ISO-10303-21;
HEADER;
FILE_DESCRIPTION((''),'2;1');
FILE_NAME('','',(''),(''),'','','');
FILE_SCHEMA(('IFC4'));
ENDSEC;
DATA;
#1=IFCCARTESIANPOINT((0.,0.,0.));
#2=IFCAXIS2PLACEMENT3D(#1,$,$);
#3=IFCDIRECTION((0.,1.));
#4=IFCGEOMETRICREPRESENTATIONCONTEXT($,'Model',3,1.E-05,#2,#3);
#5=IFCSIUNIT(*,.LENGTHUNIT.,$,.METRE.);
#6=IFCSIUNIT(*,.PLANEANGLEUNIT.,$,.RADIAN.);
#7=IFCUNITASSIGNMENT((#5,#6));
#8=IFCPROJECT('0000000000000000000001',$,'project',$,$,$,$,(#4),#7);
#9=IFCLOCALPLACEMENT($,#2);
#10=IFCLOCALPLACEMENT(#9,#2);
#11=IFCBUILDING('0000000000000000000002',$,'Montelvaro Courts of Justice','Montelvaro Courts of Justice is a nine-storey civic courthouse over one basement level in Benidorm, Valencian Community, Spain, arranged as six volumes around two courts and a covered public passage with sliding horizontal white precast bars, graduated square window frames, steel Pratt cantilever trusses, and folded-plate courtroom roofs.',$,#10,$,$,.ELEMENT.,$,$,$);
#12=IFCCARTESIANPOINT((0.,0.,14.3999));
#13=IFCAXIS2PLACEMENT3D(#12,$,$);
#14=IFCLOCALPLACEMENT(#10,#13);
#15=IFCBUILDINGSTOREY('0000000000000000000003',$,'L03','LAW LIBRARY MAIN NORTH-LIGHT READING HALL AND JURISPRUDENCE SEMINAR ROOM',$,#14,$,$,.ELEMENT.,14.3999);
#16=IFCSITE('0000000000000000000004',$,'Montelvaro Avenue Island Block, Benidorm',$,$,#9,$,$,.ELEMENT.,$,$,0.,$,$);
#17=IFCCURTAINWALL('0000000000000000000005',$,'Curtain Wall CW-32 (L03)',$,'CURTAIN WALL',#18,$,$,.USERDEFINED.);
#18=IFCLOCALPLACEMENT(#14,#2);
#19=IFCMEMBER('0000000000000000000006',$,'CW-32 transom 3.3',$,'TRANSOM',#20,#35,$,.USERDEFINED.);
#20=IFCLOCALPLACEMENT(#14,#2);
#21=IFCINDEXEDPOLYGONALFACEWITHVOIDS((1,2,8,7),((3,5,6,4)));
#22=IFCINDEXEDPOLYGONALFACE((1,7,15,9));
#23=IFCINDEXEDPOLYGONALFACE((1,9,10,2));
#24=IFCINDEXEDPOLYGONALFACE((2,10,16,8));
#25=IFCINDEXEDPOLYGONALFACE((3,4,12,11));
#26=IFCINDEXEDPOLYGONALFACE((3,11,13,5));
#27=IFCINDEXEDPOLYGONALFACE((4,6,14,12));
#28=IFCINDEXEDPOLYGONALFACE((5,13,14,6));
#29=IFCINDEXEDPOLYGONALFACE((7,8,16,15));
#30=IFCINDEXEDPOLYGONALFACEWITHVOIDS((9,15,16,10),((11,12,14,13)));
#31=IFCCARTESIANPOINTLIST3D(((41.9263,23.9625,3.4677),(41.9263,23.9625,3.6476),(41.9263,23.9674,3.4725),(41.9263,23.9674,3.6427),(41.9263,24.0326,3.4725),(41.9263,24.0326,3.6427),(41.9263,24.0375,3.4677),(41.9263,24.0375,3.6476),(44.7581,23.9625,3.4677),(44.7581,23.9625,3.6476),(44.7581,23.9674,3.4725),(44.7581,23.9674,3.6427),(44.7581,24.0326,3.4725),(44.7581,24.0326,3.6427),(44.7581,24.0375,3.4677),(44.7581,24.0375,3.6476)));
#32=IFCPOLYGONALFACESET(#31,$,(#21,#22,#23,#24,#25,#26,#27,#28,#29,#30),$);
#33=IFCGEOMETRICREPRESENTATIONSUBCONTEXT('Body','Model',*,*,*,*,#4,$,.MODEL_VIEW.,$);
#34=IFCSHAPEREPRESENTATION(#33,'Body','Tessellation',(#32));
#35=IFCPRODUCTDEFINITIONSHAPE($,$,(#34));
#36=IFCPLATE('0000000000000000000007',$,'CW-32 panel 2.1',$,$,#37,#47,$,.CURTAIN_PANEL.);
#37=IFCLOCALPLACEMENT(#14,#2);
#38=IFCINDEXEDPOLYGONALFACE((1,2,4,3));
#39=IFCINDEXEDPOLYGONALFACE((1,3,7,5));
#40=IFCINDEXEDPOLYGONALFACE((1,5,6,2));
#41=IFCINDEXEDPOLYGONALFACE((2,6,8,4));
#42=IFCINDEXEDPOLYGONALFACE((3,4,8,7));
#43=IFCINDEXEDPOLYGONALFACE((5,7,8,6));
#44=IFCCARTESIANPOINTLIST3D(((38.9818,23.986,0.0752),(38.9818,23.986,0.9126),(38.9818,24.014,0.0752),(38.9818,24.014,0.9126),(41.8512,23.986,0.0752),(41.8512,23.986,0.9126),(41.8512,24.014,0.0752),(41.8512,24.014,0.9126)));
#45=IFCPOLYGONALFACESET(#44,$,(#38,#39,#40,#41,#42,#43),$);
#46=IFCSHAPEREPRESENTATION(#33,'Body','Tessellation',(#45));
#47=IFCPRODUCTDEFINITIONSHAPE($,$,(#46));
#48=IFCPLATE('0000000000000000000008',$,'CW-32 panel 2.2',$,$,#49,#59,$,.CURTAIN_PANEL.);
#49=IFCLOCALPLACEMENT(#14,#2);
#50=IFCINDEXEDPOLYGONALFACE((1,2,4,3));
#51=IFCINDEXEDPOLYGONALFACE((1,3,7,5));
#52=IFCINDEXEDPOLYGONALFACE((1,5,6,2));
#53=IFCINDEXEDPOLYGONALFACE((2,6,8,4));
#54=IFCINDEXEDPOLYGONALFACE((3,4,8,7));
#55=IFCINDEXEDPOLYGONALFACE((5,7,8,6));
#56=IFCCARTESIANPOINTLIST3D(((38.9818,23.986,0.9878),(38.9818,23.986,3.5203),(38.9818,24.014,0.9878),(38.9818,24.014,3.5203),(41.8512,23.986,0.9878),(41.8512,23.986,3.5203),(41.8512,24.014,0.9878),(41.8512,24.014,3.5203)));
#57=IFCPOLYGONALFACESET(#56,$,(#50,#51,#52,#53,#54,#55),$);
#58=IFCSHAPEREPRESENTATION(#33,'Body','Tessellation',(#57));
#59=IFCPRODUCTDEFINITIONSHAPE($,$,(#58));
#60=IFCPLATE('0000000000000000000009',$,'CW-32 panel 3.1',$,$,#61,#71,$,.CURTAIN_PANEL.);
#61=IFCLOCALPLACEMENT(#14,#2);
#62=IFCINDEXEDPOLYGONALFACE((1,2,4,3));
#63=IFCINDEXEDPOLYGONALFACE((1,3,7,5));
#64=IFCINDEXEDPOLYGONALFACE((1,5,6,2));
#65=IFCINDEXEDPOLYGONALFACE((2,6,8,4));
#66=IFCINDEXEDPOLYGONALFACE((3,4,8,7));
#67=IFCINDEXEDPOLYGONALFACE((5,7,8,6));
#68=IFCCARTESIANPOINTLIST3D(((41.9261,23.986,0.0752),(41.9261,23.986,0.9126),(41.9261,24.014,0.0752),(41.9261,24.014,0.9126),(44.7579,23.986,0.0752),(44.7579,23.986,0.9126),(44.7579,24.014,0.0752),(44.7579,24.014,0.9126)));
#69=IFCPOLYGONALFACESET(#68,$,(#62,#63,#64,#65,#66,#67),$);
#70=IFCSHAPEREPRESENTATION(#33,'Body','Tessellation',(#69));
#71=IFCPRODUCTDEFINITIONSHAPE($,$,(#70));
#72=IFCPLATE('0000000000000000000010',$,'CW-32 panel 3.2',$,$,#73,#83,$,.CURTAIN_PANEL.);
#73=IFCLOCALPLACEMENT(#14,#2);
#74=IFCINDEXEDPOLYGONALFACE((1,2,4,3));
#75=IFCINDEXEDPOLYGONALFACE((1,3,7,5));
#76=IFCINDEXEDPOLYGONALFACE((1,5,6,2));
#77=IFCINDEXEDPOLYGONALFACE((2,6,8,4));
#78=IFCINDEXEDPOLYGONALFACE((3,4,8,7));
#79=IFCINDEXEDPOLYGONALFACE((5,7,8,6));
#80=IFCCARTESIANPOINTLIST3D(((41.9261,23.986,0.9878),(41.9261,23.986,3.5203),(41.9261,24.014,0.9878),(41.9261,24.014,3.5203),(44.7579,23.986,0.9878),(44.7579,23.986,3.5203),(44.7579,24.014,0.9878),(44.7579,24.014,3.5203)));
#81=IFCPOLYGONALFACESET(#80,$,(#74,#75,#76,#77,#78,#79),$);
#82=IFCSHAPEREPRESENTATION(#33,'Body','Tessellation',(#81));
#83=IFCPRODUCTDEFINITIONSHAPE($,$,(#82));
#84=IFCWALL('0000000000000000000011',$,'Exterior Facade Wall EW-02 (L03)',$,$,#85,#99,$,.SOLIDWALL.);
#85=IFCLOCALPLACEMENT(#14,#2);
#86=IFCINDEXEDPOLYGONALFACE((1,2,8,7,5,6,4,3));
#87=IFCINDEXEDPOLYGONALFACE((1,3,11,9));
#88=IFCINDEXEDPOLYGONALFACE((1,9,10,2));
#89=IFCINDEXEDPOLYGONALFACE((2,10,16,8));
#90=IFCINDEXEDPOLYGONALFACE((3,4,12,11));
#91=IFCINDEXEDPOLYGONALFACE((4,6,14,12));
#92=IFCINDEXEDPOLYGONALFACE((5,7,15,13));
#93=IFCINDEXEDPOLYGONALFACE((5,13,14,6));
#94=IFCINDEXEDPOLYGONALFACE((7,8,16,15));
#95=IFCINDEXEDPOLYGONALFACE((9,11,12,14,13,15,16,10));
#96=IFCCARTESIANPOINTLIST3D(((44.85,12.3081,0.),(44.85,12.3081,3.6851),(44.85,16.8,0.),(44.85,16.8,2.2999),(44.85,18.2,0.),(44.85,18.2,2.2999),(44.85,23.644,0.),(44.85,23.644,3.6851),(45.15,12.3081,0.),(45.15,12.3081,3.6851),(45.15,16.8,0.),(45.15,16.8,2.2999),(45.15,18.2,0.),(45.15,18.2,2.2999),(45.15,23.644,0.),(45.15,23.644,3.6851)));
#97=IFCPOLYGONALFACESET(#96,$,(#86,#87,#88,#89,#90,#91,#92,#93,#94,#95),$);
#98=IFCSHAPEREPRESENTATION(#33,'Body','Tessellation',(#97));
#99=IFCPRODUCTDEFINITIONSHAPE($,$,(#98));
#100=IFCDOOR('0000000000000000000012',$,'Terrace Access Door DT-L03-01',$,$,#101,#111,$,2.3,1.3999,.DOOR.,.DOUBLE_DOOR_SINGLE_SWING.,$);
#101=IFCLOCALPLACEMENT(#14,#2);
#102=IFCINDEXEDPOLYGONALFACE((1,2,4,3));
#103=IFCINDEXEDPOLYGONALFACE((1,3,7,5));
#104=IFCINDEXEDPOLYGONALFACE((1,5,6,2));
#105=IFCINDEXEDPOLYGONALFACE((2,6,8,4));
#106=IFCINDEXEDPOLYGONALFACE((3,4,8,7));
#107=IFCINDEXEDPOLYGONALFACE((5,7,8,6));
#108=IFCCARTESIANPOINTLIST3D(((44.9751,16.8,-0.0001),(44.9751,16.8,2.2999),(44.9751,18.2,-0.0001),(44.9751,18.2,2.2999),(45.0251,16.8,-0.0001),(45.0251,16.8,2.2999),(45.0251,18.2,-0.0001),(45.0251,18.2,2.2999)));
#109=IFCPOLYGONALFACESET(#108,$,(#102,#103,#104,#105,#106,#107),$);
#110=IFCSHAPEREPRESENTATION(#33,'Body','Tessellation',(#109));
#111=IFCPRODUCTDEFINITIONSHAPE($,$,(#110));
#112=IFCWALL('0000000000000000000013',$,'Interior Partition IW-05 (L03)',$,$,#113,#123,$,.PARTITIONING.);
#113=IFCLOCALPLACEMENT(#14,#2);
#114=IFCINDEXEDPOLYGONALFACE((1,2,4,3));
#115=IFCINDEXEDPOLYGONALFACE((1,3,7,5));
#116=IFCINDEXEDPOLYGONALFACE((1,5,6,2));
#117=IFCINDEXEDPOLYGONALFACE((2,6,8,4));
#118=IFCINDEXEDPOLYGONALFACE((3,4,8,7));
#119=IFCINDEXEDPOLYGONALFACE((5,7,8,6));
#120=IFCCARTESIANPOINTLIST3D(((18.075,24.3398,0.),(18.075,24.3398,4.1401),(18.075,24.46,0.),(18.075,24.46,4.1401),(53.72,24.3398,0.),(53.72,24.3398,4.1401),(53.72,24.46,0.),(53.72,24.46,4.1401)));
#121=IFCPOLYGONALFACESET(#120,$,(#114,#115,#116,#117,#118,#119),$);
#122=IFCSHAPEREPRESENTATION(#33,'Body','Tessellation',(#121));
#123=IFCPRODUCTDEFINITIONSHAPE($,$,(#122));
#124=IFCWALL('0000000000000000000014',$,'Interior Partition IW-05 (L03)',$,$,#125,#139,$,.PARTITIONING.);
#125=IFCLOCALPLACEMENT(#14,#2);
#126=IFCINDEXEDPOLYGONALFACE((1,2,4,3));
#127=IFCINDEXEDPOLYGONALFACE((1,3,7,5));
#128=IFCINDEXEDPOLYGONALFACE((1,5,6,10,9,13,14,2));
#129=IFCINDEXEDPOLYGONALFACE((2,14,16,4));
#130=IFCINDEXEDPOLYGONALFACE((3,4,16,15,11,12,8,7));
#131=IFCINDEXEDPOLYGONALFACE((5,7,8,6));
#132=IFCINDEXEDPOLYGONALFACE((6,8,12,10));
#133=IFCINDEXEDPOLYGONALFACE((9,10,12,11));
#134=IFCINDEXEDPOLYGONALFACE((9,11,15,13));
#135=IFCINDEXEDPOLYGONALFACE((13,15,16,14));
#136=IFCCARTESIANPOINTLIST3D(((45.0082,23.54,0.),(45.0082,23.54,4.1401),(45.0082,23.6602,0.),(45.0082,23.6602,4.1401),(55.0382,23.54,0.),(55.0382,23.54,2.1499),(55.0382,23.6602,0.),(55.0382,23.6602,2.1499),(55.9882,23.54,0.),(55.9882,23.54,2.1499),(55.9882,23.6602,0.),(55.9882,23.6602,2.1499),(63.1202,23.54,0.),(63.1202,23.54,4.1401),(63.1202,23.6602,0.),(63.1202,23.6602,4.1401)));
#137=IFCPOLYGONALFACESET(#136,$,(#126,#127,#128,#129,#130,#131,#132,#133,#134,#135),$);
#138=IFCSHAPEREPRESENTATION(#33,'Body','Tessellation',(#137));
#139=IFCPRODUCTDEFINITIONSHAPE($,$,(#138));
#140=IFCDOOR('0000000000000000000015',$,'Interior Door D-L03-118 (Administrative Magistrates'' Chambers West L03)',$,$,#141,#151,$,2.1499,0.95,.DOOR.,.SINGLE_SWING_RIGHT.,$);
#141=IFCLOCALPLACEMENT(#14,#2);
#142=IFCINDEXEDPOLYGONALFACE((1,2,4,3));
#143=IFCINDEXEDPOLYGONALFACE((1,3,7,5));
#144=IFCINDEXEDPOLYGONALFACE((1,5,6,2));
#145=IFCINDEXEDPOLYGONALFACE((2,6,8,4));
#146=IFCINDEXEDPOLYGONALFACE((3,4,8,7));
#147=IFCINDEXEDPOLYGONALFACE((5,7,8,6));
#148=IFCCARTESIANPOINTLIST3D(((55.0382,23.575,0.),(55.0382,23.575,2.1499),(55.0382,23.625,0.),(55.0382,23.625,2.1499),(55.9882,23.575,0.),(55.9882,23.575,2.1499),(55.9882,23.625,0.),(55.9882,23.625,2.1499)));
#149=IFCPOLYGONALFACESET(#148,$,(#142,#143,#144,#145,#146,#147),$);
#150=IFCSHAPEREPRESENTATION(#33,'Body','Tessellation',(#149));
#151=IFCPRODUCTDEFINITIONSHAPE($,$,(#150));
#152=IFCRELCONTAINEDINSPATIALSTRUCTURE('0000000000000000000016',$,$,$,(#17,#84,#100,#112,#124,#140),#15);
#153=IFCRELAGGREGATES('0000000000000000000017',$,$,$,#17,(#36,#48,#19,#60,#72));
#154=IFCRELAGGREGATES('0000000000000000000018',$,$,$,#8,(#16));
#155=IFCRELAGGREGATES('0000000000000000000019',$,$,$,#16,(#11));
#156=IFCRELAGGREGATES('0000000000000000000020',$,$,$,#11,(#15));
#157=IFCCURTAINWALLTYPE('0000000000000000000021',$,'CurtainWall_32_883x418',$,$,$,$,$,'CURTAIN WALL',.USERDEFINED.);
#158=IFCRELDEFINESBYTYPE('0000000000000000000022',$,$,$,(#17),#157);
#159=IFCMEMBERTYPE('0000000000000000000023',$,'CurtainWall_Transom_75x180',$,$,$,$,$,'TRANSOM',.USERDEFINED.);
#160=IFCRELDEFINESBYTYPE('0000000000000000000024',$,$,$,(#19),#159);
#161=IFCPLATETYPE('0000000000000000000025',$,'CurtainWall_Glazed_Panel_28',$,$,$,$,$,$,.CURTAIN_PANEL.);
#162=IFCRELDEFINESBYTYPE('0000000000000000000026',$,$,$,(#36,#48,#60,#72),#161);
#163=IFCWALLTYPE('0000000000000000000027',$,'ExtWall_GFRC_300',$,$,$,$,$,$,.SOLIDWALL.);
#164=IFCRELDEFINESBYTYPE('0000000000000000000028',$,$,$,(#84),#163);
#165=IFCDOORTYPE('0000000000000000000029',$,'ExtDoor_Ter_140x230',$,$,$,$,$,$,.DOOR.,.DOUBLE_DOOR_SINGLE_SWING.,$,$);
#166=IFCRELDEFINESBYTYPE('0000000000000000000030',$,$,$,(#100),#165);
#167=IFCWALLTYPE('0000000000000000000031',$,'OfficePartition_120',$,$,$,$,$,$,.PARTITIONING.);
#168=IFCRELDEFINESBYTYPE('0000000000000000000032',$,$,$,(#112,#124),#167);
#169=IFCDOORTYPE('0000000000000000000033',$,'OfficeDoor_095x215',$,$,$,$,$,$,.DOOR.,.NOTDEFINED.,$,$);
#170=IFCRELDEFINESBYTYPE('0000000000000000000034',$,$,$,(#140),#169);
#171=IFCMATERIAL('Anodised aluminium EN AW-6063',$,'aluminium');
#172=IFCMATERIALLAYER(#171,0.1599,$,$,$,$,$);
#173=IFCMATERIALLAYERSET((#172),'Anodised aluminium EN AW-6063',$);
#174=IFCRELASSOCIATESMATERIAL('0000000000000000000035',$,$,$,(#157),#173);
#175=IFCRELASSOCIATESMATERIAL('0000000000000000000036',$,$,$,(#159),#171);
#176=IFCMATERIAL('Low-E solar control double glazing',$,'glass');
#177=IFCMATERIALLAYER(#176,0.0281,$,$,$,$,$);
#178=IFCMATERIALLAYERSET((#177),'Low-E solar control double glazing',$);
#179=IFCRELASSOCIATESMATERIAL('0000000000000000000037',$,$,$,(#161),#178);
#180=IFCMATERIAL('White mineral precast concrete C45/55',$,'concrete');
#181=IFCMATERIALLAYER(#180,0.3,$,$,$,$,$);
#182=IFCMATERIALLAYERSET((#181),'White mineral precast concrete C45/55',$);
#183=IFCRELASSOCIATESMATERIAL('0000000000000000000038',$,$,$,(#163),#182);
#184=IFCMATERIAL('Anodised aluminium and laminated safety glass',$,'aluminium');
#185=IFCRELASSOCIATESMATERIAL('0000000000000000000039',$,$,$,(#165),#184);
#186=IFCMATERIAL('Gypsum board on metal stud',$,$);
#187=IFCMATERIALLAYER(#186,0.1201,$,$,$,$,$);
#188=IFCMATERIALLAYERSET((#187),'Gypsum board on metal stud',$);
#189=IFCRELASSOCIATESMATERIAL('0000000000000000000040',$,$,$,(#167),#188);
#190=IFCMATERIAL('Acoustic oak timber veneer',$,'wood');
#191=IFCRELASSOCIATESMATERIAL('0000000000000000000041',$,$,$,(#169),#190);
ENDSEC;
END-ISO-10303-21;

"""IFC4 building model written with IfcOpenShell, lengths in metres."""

from ifc_helpers import new_model, si_unit, direction, frame, frame_2d, origin, origin_2d, place, context, subcontext, project, spatial, rectangle, hollow_rectangle, extrude, material, layer, layer_set, material_profile, profile_set, type_object, element, fill, aggregate, save


model = new_model("IFC4")

# Units and contexts
model_context = context("Model", 3, precision=1e-05, world=origin(), true_north=direction((0.0, 1.0)))
body_context = subcontext(model_context, "Body", "Model", "MODEL_VIEW")
ifc_project = project(units=[si_unit("LENGTHUNIT", "METRE"), si_unit("PLANEANGLEUNIT", "RADIAN")], contexts=[model_context])

# Site, building, storey
site_placement = place(None, origin())
site = spatial("IfcSite", under=ifc_project, at=site_placement, Name="Montelvaro Avenue Island Block, Benidorm", CompositionType="ELEMENT", RefElevation=0.0)
building_placement = place(site_placement, origin())
building = spatial("IfcBuilding", under=site, at=building_placement, Name="Montelvaro Courts of Justice", Description="Montelvaro Courts of Justice is a nine-storey civic courthouse over one basement level in Benidorm, Valencian Community, Spain, arranged as six volumes around two courts and a covered public passage with sliding horizontal white precast bars, graduated square window frames, steel Pratt cantilever trusses, and folded-plate courtroom roofs.", CompositionType="ELEMENT")
storey_placement = place(building_placement, frame((0.0, 0.0, 14.3999)))
storey = spatial("IfcBuildingStorey", under=building, at=storey_placement, Name="L03", Description="LAW LIBRARY MAIN NORTH-LIGHT READING HALL AND JURISPRUDENCE SEMINAR ROOM", CompositionType="ELEMENT", Elevation=14.3999)

# Curtain wall, member, plates
ifc_material_1 = material(Name="Anodised aluminium EN AW-6063", Category="aluminium")
ifc_layer_1 = layer(ifc_material_1, 0.1599)
ifc_layer_set_1 = layer_set([ifc_layer_1], Name="Anodised aluminium EN AW-6063")
curtain_wall_type = type_object("IfcCurtainWallType", Name="CurtainWall_32_883x418", ElementType="CURTAIN WALL", PredefinedType="USERDEFINED", material=ifc_layer_set_1)
curtain_wall_placement = place(storey_placement, origin())
curtain_wall = element("IfcCurtainWall", 1, at=curtain_wall_placement, inside=storey, type_object=curtain_wall_type, Name="Curtain Wall CW-32 (L03)", ObjectType="CURTAIN WALL", PredefinedType="USERDEFINED")
ifc_material_profile_1 = material_profile(ifc_material_1, hollow_rectangle(XDim=0.075, YDim=0.1799, WallThickness=0.0049, at=origin_2d()), Name="ALU-T 75x180")
ifc_profile_set_1 = profile_set([ifc_material_profile_1], Name="Anodised aluminium EN AW-6063")
member_type_1 = type_object("IfcMemberType", Name="CurtainWall_Transom_75x180", ElementType="TRANSOM", PredefinedType="USERDEFINED", material=ifc_profile_set_1)
member_1_placement = place(storey_placement, frame((41.9263, 24.0, 3.5576), z_axis=(1.0, 0.0, 0.0), x_axis=(0.0, 1.0, 0.0)))
member_1 = element("IfcMember", 2, at=member_1_placement, type_object=member_type_1, Name="CW-32 transom 3.3", ObjectType="TRANSOM", PredefinedType="USERDEFINED", context=body_context, shape_type="SweptSolid", body=[
    extrude(hollow_rectangle(XDim=0.075, YDim=0.1799, WallThickness=0.0049, at=origin_2d()), origin(), (0.0, 0.0, 1.0), 2.8318),
])
ifc_material_2 = material(Name="Low-E solar control double glazing", Category="glass")
ifc_layer_2 = layer(ifc_material_2, 0.0281)
ifc_layer_set_2 = layer_set([ifc_layer_2], Name="Low-E solar control double glazing")
plate_type = type_object("IfcPlateType", Name="CurtainWall_Glazed_Panel_28", PredefinedType="CURTAIN_PANEL", material=ifc_layer_set_2)
plate_1_placement = place(storey_placement, frame((40.4165, 24.0, 0.0752), z_axis=(0.0, 0.0, 1.0), x_axis=(1.0, 0.0, 0.0)))
plate_1 = element("IfcPlate", 3, at=plate_1_placement, type_object=plate_type, Name="CW-32 panel 2.1", PredefinedType="CURTAIN_PANEL", context=body_context, shape_type="SweptSolid", body=[
    extrude(rectangle(XDim=2.8694, YDim=0.0281, at=origin_2d()), origin(), (0.0, 0.0, 1.0), 0.8374),
])
plate_2_placement = place(storey_placement, frame((40.4165, 24.0, 0.9878), z_axis=(0.0, 0.0, 1.0), x_axis=(1.0, 0.0, 0.0)))
plate_2 = element("IfcPlate", 4, at=plate_2_placement, type_object=plate_type, Name="CW-32 panel 2.2", PredefinedType="CURTAIN_PANEL", context=body_context, shape_type="SweptSolid", body=[
    extrude(rectangle(XDim=2.8694, YDim=0.0281, at=origin_2d()), origin(), (0.0, 0.0, 1.0), 2.5325),
])
plate_3_placement = place(storey_placement, frame((43.342, 24.0, 0.0752), z_axis=(0.0, 0.0, 1.0), x_axis=(1.0, 0.0, 0.0)))
plate_3 = element("IfcPlate", 5, at=plate_3_placement, type_object=plate_type, Name="CW-32 panel 3.1", PredefinedType="CURTAIN_PANEL", context=body_context, shape_type="SweptSolid", body=[
    extrude(rectangle(XDim=2.8318, YDim=0.0281, at=origin_2d()), origin(), (0.0, 0.0, 1.0), 0.8374),
])
plate_4_placement = place(storey_placement, frame((43.342, 24.0, 0.9878), z_axis=(0.0, 0.0, 1.0), x_axis=(1.0, 0.0, 0.0)))
plate_4 = element("IfcPlate", 6, at=plate_4_placement, type_object=plate_type, Name="CW-32 panel 3.2", PredefinedType="CURTAIN_PANEL", context=body_context, shape_type="SweptSolid", body=[
    extrude(rectangle(XDim=2.8318, YDim=0.0281, at=origin_2d()), origin(), (0.0, 0.0, 1.0), 2.5325),
])
aggregate(curtain_wall, [plate_1, plate_2, member_1, plate_3, plate_4])

# Wall, opening, door
ifc_material_3 = material(Name="White mineral precast concrete C45/55", Category="concrete")
ifc_layer_3 = layer(ifc_material_3, 0.3)
ifc_layer_set_3 = layer_set([ifc_layer_3], Name="White mineral precast concrete C45/55")
wall_type_1 = type_object("IfcWallType", Name="ExtWall_GFRC_300", PredefinedType="SOLIDWALL", material=ifc_layer_set_3)
wall_1_placement = place(storey_placement, frame((45.0, 23.644, 0.0), z_axis=(0.0, 0.0, 1.0), x_axis=(0.0, -1.0, 0.0)))
wall_1 = element("IfcWall", 7, at=wall_1_placement, inside=storey, type_object=wall_type_1, Name="Exterior Facade Wall EW-02 (L03)", PredefinedType="SOLIDWALL", context=body_context, shape_type="SweptSolid", body=[
    extrude(rectangle(XDim=11.3359, YDim=0.3, at=frame_2d((5.668, 0.0))), origin(), (0.0, 0.0, 1.0), 3.6851),
])
opening_1_placement = place(wall_1_placement, frame((5.4441, 0.0, 0.0)))
opening_1 = element("IfcOpeningElement", 8, at=opening_1_placement, cuts=wall_1, PredefinedType="OPENING", context=body_context, shape_type="SweptSolid", body=[
    extrude(rectangle(XDim=1.3999, YDim=2.3, at=frame_2d((0.7, 1.1499))), frame((0.0, 0.165, 0.0), z_axis=(0.0, -1.0, 0.0), x_axis=(1.0, 0.0, 0.0)), (0.0, 0.0, 1.0), 0.3298),
])
ifc_material_4 = material(Name="Anodised aluminium and laminated safety glass", Category="aluminium")
door_type_1 = type_object("IfcDoorType", Name="ExtDoor_Ter_140x230", OperationType="DOUBLE_DOOR_SINGLE_SWING", PredefinedType="DOOR", material=ifc_material_4)
door_1_placement = place(opening_1_placement, frame((1.3999, 0.0, 0.0), z_axis=(0.0, 0.0, 1.0), x_axis=(-1.0, 0.0, 0.0)))
door_1 = element("IfcDoor", 9, at=door_1_placement, inside=storey, type_object=door_type_1, Name="Terrace Access Door DT-L03-01", OperationType="DOUBLE_DOOR_SINGLE_SWING", OverallHeight=2.3, OverallWidth=1.3999, PredefinedType="DOOR", context=body_context, shape_type="SweptSolid", body=[
    extrude(rectangle(XDim=1.3999, YDim=2.3, at=frame_2d((0.7, 1.1499))), frame((0.0, 0.0249, 0.0), z_axis=(0.0, -1.0, 0.0), x_axis=(1.0, 0.0, 0.0)), (0.0, 0.0, 1.0), 0.05),
])
fill(opening_1, door_1)

# Wall
ifc_material_5 = material(Name="Gypsum board on metal stud")
ifc_layer_4 = layer(ifc_material_5, 0.1201)
ifc_layer_set_4 = layer_set([ifc_layer_4], Name="Gypsum board on metal stud")
wall_type_2 = type_object("IfcWallType", Name="OfficePartition_120", PredefinedType="PARTITIONING", material=ifc_layer_set_4)
wall_2_placement = place(storey_placement, frame((53.72, 24.3999, 0.0), z_axis=(0.0, 0.0, 1.0), x_axis=(-1.0, 0.0, 0.0)))
element("IfcWall", 10, at=wall_2_placement, inside=storey, type_object=wall_type_2, Name="Interior Partition IW-05 (L03)", PredefinedType="PARTITIONING", context=body_context, shape_type="SweptSolid", body=[
    extrude(rectangle(XDim=35.645, YDim=0.1201, at=frame_2d((17.8225, 0.0))), origin(), (0.0, 0.0, 1.0), 4.1401),
])

# Wall, opening, door
wall_3_placement = place(storey_placement, frame((45.0081, 23.6001, 0.0), z_axis=(0.0, 0.0, 1.0), x_axis=(1.0, 0.0, 0.0)))
wall_3 = element("IfcWall", 11, at=wall_3_placement, inside=storey, type_object=wall_type_2, Name="Interior Partition IW-05 (L03)", PredefinedType="PARTITIONING", context=body_context, shape_type="SweptSolid", body=[
    extrude(rectangle(XDim=18.1121, YDim=0.1201, at=frame_2d((9.0562, 0.0))), origin(), (0.0, 0.0, 1.0), 4.1401),
])
opening_2_placement = place(wall_3_placement, frame((10.03, 0.0, 0.0)))
opening_2 = element("IfcOpeningElement", 12, at=opening_2_placement, cuts=wall_3, PredefinedType="OPENING", context=body_context, shape_type="SweptSolid", body=[
    extrude(rectangle(XDim=0.95, YDim=2.1499, at=frame_2d((0.4751, 1.075))), frame((0.0, 0.075, 0.0), z_axis=(0.0, -1.0, 0.0), x_axis=(1.0, 0.0, 0.0)), (0.0, 0.0, 1.0), 0.1499),
])
ifc_material_6 = material(Name="Acoustic oak timber veneer", Category="wood")
door_type_2 = type_object("IfcDoorType", Name="OfficeDoor_095x215", OperationType="NOTDEFINED", PredefinedType="DOOR", material=ifc_material_6)
door_2_placement = place(opening_2_placement, origin())
door_2 = element("IfcDoor", 13, at=door_2_placement, inside=storey, type_object=door_type_2, Name="Interior Door D-L03-118 (Administrative Magistrates' Chambers West L03)", OperationType="SINGLE_SWING_RIGHT", OverallHeight=2.1499, OverallWidth=0.95, PredefinedType="DOOR", context=body_context, shape_type="SweptSolid", body=[
    extrude(rectangle(XDim=0.95, YDim=2.1499, at=frame_2d((0.4751, 1.075))), frame((0.0, 0.0249, 0.0), z_axis=(0.0, -1.0, 0.0), x_axis=(1.0, 0.0, 0.0)), (0.0, 0.0, 1.0), 0.05),
])
fill(opening_2, door_2)

save(model, "model.ifc")
